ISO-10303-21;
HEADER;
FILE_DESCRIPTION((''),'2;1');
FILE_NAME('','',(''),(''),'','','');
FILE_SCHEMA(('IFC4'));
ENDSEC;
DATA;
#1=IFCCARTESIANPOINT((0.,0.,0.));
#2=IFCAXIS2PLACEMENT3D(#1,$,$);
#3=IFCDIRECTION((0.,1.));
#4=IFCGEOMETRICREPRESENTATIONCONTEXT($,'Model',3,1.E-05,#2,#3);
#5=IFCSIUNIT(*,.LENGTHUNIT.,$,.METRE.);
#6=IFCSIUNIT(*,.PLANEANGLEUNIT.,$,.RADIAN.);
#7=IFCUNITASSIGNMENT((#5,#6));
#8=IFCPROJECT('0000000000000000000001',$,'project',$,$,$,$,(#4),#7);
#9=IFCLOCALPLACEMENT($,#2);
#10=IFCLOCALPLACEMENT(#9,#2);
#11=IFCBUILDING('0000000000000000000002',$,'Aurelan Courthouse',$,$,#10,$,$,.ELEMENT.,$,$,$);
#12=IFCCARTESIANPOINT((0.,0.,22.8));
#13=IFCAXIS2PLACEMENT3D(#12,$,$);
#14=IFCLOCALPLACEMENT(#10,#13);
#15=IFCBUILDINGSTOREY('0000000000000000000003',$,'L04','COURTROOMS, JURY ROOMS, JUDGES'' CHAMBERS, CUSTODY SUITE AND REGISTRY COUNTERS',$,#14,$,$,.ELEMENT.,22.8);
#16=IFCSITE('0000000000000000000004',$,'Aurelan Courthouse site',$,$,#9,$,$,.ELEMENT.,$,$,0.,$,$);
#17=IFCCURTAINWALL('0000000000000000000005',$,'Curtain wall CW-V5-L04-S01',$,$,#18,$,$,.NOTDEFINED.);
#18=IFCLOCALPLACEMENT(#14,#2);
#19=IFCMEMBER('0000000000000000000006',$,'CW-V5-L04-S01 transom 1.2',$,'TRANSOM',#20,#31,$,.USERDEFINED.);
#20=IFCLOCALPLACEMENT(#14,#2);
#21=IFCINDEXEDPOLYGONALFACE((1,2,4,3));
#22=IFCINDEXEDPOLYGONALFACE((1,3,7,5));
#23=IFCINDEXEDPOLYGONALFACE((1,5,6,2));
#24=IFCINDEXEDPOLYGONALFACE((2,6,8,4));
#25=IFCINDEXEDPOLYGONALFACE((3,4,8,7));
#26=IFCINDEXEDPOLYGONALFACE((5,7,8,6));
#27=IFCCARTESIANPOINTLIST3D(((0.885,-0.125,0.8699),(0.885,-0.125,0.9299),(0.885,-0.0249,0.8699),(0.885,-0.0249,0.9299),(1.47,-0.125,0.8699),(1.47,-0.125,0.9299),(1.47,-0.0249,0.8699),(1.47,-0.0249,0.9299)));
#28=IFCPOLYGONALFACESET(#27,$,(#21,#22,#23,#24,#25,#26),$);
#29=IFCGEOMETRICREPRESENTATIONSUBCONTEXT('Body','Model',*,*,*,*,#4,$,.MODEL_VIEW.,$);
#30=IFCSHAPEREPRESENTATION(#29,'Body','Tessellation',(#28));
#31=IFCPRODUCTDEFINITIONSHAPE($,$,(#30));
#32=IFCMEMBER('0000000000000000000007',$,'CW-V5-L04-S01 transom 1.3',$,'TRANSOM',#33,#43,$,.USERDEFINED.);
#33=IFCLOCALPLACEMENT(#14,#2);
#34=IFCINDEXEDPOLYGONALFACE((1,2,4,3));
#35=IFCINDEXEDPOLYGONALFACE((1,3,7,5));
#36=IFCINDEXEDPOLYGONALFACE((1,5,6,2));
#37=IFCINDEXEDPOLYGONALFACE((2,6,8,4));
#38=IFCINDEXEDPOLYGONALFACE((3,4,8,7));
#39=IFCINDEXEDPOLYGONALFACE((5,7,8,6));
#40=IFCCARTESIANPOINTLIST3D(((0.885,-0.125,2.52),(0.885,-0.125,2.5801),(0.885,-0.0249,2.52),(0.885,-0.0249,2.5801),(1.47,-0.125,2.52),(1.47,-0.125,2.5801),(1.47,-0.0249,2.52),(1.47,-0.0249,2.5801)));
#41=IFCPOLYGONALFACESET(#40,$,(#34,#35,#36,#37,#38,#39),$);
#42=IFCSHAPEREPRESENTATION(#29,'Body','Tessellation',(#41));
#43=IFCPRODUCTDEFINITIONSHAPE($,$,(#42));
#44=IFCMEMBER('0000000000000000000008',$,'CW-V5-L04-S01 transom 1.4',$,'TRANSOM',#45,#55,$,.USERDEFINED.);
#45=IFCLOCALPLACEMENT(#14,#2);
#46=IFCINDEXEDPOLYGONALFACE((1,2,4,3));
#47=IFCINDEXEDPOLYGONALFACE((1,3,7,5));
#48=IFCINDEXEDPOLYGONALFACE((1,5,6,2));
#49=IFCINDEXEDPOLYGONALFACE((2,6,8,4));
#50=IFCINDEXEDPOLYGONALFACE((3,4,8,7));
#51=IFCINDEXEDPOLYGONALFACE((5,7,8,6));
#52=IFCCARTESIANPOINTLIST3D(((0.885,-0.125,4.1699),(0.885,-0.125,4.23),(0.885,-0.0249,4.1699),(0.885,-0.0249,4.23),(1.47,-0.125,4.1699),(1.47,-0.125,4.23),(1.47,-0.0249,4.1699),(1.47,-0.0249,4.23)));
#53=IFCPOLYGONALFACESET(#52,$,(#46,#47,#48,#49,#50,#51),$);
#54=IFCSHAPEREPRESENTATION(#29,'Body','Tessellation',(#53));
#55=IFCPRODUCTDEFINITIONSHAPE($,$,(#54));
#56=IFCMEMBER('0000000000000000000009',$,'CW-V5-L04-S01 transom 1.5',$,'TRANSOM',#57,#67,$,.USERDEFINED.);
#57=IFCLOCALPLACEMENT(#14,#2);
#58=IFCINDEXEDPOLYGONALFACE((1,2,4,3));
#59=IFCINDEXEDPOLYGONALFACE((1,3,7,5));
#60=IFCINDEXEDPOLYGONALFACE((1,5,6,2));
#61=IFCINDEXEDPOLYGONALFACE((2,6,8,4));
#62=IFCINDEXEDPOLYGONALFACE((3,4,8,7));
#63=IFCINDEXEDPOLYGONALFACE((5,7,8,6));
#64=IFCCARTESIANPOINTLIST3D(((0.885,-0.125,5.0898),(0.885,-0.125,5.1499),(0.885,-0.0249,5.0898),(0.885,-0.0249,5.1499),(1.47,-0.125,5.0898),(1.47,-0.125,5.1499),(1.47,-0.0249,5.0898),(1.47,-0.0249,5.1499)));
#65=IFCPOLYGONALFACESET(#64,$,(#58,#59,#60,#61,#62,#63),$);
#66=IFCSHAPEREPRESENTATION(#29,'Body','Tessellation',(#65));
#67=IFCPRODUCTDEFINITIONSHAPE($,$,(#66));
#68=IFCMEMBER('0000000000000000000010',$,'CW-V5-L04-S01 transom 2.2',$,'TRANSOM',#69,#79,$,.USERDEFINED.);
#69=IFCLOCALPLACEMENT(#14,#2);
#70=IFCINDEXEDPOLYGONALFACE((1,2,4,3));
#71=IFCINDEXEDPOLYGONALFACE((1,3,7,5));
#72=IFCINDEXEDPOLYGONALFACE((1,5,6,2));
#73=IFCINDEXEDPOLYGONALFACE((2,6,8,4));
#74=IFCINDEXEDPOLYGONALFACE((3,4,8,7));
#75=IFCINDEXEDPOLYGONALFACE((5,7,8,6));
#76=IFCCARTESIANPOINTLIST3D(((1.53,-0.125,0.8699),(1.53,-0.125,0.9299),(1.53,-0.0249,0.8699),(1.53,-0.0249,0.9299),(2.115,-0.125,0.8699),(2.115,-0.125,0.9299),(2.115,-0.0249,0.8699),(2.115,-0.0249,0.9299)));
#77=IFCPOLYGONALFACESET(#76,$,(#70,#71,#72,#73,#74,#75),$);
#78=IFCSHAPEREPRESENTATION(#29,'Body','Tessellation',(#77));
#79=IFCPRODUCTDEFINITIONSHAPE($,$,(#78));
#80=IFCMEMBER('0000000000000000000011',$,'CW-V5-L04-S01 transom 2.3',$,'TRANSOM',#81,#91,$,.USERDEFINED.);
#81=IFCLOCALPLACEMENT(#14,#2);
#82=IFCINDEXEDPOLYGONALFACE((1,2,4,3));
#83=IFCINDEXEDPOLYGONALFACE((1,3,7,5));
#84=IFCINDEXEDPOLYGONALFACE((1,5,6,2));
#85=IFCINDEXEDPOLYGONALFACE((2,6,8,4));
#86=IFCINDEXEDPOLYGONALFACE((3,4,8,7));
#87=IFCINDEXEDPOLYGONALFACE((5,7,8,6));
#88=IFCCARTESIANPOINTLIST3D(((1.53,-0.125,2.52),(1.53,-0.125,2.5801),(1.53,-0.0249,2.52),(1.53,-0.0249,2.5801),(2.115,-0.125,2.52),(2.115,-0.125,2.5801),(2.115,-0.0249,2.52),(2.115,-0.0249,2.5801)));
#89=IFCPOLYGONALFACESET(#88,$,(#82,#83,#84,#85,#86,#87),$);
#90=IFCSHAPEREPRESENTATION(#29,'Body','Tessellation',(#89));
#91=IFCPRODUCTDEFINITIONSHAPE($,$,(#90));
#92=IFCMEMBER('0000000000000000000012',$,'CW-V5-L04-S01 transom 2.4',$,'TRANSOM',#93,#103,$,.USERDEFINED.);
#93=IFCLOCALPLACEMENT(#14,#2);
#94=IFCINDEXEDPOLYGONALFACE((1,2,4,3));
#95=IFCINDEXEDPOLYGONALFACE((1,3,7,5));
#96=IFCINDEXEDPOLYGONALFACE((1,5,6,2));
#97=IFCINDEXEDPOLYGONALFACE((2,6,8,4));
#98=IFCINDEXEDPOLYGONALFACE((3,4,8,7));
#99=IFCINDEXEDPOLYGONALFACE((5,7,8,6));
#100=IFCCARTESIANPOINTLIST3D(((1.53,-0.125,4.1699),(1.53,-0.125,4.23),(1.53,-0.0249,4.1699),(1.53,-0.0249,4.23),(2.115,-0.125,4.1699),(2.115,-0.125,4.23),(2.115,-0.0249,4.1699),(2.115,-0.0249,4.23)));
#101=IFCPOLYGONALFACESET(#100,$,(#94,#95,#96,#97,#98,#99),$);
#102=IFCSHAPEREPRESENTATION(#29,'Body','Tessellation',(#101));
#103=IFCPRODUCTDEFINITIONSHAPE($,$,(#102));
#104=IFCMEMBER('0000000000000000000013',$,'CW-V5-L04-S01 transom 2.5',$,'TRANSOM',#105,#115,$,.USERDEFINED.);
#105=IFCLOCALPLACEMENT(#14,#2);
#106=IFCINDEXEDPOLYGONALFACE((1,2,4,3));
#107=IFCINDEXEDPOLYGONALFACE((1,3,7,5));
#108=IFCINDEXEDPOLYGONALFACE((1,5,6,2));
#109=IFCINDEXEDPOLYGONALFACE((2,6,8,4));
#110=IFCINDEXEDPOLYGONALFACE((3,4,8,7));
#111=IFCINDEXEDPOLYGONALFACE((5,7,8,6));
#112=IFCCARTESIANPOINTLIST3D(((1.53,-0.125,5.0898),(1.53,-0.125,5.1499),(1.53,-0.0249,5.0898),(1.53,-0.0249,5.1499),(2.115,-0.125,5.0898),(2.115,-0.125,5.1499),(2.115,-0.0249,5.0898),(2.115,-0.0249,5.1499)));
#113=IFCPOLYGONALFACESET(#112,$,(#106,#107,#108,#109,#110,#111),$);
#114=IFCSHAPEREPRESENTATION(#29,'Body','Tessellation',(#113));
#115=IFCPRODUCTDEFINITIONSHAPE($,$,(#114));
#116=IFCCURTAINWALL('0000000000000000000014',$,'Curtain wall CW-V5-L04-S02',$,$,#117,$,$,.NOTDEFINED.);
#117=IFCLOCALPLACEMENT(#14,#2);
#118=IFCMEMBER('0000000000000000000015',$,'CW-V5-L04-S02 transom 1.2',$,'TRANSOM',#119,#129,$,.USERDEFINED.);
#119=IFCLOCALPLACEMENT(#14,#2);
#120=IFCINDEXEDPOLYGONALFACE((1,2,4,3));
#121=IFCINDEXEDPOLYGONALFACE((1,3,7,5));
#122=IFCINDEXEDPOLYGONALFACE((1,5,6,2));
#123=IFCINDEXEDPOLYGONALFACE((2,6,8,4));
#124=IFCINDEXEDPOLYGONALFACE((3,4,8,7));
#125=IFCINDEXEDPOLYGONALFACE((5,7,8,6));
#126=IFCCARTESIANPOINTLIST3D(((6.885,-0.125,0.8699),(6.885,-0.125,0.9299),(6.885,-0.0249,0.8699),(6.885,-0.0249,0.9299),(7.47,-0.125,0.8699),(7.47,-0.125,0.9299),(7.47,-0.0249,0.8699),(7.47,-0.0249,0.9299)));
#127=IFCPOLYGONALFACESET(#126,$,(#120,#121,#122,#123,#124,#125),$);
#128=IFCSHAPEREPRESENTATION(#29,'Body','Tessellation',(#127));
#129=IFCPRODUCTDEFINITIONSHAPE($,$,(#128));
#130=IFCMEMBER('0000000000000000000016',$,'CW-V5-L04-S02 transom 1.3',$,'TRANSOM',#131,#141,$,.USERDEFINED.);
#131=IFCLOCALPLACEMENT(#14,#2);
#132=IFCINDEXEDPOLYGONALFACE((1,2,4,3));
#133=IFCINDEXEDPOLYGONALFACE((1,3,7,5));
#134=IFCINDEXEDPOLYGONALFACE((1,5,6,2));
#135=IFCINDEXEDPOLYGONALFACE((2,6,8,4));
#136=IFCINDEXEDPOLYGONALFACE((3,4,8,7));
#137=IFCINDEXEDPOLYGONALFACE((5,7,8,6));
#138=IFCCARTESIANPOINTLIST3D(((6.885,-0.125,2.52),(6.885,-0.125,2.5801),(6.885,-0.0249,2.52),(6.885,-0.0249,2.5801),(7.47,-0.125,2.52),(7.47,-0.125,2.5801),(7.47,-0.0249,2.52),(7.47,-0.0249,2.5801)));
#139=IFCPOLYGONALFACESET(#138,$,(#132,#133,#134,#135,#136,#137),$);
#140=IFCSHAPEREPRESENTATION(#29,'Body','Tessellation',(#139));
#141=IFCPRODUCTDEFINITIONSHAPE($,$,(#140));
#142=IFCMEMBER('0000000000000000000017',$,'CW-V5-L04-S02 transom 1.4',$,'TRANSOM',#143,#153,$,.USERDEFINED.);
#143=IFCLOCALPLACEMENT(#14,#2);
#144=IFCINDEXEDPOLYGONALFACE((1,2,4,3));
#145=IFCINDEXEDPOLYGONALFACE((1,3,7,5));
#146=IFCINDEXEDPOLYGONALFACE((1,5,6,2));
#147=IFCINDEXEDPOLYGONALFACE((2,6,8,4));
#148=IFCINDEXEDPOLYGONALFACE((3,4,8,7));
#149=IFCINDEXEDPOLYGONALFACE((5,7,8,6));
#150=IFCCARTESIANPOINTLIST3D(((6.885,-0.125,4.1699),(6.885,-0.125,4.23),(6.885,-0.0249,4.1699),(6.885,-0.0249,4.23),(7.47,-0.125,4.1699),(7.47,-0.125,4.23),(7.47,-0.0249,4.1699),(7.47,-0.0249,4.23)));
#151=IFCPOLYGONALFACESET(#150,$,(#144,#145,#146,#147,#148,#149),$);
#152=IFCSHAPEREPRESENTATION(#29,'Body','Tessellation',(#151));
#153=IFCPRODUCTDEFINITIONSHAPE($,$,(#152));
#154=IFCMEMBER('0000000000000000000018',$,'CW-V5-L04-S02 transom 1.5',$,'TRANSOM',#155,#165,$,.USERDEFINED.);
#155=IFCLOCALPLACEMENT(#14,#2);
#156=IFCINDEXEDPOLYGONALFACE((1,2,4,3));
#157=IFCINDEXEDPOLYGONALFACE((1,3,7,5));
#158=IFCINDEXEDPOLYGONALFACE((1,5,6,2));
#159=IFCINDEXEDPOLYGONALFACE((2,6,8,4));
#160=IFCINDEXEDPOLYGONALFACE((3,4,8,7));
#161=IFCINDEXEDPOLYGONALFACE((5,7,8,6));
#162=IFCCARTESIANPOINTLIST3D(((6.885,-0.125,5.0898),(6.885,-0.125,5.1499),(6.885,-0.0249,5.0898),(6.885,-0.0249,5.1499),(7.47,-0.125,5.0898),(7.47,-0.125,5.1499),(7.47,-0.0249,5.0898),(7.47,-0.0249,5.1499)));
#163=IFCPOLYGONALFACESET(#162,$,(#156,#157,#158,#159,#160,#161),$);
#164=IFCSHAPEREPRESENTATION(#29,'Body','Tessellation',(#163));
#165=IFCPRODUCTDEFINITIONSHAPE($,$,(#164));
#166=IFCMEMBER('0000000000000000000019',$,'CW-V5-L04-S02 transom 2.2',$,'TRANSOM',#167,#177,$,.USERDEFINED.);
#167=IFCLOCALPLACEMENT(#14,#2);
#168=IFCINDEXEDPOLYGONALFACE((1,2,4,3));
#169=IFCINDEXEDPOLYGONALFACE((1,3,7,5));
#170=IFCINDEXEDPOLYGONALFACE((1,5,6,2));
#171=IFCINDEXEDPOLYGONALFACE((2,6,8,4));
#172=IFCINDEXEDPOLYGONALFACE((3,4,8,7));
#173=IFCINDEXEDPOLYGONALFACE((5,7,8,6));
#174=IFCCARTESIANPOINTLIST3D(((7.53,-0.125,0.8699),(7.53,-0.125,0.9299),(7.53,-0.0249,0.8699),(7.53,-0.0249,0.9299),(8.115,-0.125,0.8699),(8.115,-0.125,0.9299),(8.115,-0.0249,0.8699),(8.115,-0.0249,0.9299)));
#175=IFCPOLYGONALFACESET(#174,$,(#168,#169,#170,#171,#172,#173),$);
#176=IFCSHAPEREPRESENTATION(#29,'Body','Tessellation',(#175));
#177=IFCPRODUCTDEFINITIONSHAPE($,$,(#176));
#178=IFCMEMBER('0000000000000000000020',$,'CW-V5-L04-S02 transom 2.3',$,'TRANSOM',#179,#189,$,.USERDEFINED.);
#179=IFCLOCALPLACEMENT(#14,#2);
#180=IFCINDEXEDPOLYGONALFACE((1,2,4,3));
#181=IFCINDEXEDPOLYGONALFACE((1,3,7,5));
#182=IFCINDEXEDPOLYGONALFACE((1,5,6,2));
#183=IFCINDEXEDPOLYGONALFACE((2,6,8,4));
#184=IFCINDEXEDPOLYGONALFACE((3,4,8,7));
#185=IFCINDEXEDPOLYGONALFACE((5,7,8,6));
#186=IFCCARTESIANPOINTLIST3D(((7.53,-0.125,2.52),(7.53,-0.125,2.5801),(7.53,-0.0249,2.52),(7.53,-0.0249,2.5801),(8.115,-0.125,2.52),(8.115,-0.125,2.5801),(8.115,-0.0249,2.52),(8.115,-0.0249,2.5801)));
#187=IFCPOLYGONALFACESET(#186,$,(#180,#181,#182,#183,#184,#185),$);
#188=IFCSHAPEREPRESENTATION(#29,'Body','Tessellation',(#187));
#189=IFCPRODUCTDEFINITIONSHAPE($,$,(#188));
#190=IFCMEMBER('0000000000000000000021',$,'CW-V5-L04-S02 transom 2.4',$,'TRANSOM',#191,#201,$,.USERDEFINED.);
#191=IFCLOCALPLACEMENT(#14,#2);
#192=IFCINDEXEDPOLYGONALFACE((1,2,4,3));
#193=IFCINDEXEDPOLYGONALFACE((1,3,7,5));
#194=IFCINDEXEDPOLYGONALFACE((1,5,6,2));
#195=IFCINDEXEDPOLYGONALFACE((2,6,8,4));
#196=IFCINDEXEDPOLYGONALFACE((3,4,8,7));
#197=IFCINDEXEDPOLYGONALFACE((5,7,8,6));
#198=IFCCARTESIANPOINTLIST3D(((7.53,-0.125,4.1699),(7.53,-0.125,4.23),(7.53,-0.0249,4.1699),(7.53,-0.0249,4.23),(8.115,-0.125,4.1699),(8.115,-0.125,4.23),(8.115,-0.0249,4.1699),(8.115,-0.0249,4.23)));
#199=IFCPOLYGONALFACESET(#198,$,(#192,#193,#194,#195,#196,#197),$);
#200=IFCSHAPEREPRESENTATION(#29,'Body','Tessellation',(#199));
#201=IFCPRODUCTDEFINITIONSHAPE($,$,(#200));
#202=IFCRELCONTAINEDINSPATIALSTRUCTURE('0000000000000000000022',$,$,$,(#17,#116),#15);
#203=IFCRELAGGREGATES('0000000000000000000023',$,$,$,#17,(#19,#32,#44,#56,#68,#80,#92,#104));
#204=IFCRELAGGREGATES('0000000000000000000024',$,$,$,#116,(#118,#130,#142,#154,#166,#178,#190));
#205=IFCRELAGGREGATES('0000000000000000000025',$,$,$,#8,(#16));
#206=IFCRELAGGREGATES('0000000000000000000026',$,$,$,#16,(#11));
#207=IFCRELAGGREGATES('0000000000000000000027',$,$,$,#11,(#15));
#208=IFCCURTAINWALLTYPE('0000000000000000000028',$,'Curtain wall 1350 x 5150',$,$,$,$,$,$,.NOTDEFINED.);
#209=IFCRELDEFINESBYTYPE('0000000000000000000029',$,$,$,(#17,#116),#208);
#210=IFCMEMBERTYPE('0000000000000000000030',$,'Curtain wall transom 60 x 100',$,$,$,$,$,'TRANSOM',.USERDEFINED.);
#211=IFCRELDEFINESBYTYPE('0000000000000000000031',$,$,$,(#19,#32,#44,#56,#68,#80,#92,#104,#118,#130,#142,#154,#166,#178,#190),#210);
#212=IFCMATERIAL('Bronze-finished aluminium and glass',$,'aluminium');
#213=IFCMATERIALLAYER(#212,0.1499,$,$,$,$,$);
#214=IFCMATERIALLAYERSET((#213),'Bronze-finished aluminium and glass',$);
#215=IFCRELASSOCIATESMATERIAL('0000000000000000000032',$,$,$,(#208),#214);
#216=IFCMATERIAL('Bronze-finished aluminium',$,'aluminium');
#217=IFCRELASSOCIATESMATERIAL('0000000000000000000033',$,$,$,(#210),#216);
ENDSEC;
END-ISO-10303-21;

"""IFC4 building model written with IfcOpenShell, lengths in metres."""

from ifc_helpers import new_model, si_unit, direction, frame, origin, origin_2d, place, context, subcontext, project, spatial, rectangle, extrude, material, layer, layer_set, material_profile, profile_set, type_object, element, aggregate, save


model = new_model("IFC4")

# Units and contexts
model_context = context("Model", 3, precision=1e-05, world=origin(), true_north=direction((0.0, 1.0)))
body_context = subcontext(model_context, "Body", "Model", "MODEL_VIEW")
ifc_project = project(units=[si_unit("LENGTHUNIT", "METRE"), si_unit("PLANEANGLEUNIT", "RADIAN")], contexts=[model_context])

# Site, building, storey
site_placement = place(None, origin())
site = spatial("IfcSite", under=ifc_project, at=site_placement, Name="Aurelan Courthouse site", CompositionType="ELEMENT", RefElevation=0.0)
building_placement = place(site_placement, origin())
building = spatial("IfcBuilding", under=site, at=building_placement, Name="Aurelan Courthouse", CompositionType="ELEMENT")
storey_placement = place(building_placement, frame((0.0, 0.0, 22.8)))
storey = spatial("IfcBuildingStorey", under=building, at=storey_placement, Name="L04", Description="COURTROOMS, JURY ROOMS, JUDGES' CHAMBERS, CUSTODY SUITE AND REGISTRY COUNTERS", CompositionType="ELEMENT", Elevation=22.8)

# Curtain walls, members
ifc_material_1 = material(Name="Bronze-finished aluminium and glass", Category="aluminium")
ifc_layer_1 = layer(ifc_material_1, 0.1499)
ifc_layer_set_1 = layer_set([ifc_layer_1], Name="Bronze-finished aluminium and glass")
curtain_wall_type = type_object("IfcCurtainWallType", Name="Curtain wall 1350 x 5150", PredefinedType="NOTDEFINED", material=ifc_layer_set_1)
curtain_wall_1_placement = place(storey_placement, origin())
curtain_wall_1 = element("IfcCurtainWall", 1, at=curtain_wall_1_placement, inside=storey, type_object=curtain_wall_type, Name="Curtain wall CW-V5-L04-S01", PredefinedType="NOTDEFINED")
ifc_material_2 = material(Name="Bronze-finished aluminium", Category="aluminium")
ifc_material_profile = material_profile(ifc_material_2, rectangle(XDim=0.1001, YDim=0.0601, at=origin_2d()), Name="Bronze transom 60 x 100")
ifc_profile_set = profile_set([ifc_material_profile], Name="Bronze-finished aluminium")
member_type = type_object("IfcMemberType", Name="Curtain wall transom 60 x 100", ElementType="TRANSOM", PredefinedType="USERDEFINED", material=ifc_profile_set)
member_1_placement = place(storey_placement, frame((0.885, -0.075, 0.8999), z_axis=(1.0, 0.0, 0.0), x_axis=(0.0, 1.0, 0.0)))
member_1 = element("IfcMember", 2, at=member_1_placement, type_object=member_type, Name="CW-V5-L04-S01 transom 1.2", ObjectType="TRANSOM", PredefinedType="USERDEFINED", context=body_context, shape_type="SweptSolid", body=[
    extrude(rectangle(XDim=0.1001, YDim=0.0601, at=origin_2d()), origin(), (0.0, 0.0, 1.0), 0.585),
])
member_2_placement = place(storey_placement, frame((0.885, -0.075, 2.55), z_axis=(1.0, 0.0, 0.0), x_axis=(0.0, 1.0, 0.0)))
member_2 = element("IfcMember", 3, at=member_2_placement, type_object=member_type, Name="CW-V5-L04-S01 transom 1.3", ObjectType="TRANSOM", PredefinedType="USERDEFINED", context=body_context, shape_type="SweptSolid", body=[
    extrude(rectangle(XDim=0.1001, YDim=0.0601, at=origin_2d()), origin(), (0.0, 0.0, 1.0), 0.585),
])
member_3_placement = place(storey_placement, frame((0.885, -0.075, 4.2), z_axis=(1.0, 0.0, 0.0), x_axis=(0.0, 1.0, 0.0)))
member_3 = element("IfcMember", 4, at=member_3_placement, type_object=member_type, Name="CW-V5-L04-S01 transom 1.4", ObjectType="TRANSOM", PredefinedType="USERDEFINED", context=body_context, shape_type="SweptSolid", body=[
    extrude(rectangle(XDim=0.1001, YDim=0.0601, at=origin_2d()), origin(), (0.0, 0.0, 1.0), 0.585),
])
member_4_placement = place(storey_placement, frame((0.885, -0.075, 5.1199), z_axis=(1.0, 0.0, 0.0), x_axis=(0.0, 1.0, 0.0)))
member_4 = element("IfcMember", 5, at=member_4_placement, type_object=member_type, Name="CW-V5-L04-S01 transom 1.5", ObjectType="TRANSOM", PredefinedType="USERDEFINED", context=body_context, shape_type="SweptSolid", body=[
    extrude(rectangle(XDim=0.1001, YDim=0.0601, at=origin_2d()), origin(), (0.0, 0.0, 1.0), 0.585),
])
member_5_placement = place(storey_placement, frame((1.53, -0.075, 0.8999), z_axis=(1.0, 0.0, 0.0), x_axis=(0.0, 1.0, 0.0)))
member_5 = element("IfcMember", 6, at=member_5_placement, type_object=member_type, Name="CW-V5-L04-S01 transom 2.2", ObjectType="TRANSOM", PredefinedType="USERDEFINED", context=body_context, shape_type="SweptSolid", body=[
    extrude(rectangle(XDim=0.1001, YDim=0.0601, at=origin_2d()), origin(), (0.0, 0.0, 1.0), 0.585),
])
member_6_placement = place(storey_placement, frame((1.53, -0.075, 2.55), z_axis=(1.0, 0.0, 0.0), x_axis=(0.0, 1.0, 0.0)))
member_6 = element("IfcMember", 7, at=member_6_placement, type_object=member_type, Name="CW-V5-L04-S01 transom 2.3", ObjectType="TRANSOM", PredefinedType="USERDEFINED", context=body_context, shape_type="SweptSolid", body=[
    extrude(rectangle(XDim=0.1001, YDim=0.0601, at=origin_2d()), origin(), (0.0, 0.0, 1.0), 0.585),
])
member_7_placement = place(storey_placement, frame((1.53, -0.075, 4.2), z_axis=(1.0, 0.0, 0.0), x_axis=(0.0, 1.0, 0.0)))
member_7 = element("IfcMember", 8, at=member_7_placement, type_object=member_type, Name="CW-V5-L04-S01 transom 2.4", ObjectType="TRANSOM", PredefinedType="USERDEFINED", context=body_context, shape_type="SweptSolid", body=[
    extrude(rectangle(XDim=0.1001, YDim=0.0601, at=origin_2d()), origin(), (0.0, 0.0, 1.0), 0.585),
])
member_8_placement = place(storey_placement, frame((1.53, -0.075, 5.1199), z_axis=(1.0, 0.0, 0.0), x_axis=(0.0, 1.0, 0.0)))
member_8 = element("IfcMember", 9, at=member_8_placement, type_object=member_type, Name="CW-V5-L04-S01 transom 2.5", ObjectType="TRANSOM", PredefinedType="USERDEFINED", context=body_context, shape_type="SweptSolid", body=[
    extrude(rectangle(XDim=0.1001, YDim=0.0601, at=origin_2d()), origin(), (0.0, 0.0, 1.0), 0.585),
])
curtain_wall_2_placement = place(storey_placement, origin())
curtain_wall_2 = element("IfcCurtainWall", 10, at=curtain_wall_2_placement, inside=storey, type_object=curtain_wall_type, Name="Curtain wall CW-V5-L04-S02", PredefinedType="NOTDEFINED")
member_9_placement = place(storey_placement, frame((6.885, -0.075, 0.8999), z_axis=(1.0, 0.0, 0.0), x_axis=(0.0, 1.0, 0.0)))
member_9 = element("IfcMember", 11, at=member_9_placement, type_object=member_type, Name="CW-V5-L04-S02 transom 1.2", ObjectType="TRANSOM", PredefinedType="USERDEFINED", context=body_context, shape_type="SweptSolid", body=[
    extrude(rectangle(XDim=0.1001, YDim=0.0601, at=origin_2d()), origin(), (0.0, 0.0, 1.0), 0.585),
])
member_10_placement = place(storey_placement, frame((6.885, -0.075, 2.55), z_axis=(1.0, 0.0, 0.0), x_axis=(0.0, 1.0, 0.0)))
member_10 = element("IfcMember", 12, at=member_10_placement, type_object=member_type, Name="CW-V5-L04-S02 transom 1.3", ObjectType="TRANSOM", PredefinedType="USERDEFINED", context=body_context, shape_type="SweptSolid", body=[
    extrude(rectangle(XDim=0.1001, YDim=0.0601, at=origin_2d()), origin(), (0.0, 0.0, 1.0), 0.585),
])
member_11_placement = place(storey_placement, frame((6.885, -0.075, 4.2), z_axis=(1.0, 0.0, 0.0), x_axis=(0.0, 1.0, 0.0)))
member_11 = element("IfcMember", 13, at=member_11_placement, type_object=member_type, Name="CW-V5-L04-S02 transom 1.4", ObjectType="TRANSOM", PredefinedType="USERDEFINED", context=body_context, shape_type="SweptSolid", body=[
    extrude(rectangle(XDim=0.1001, YDim=0.0601, at=origin_2d()), origin(), (0.0, 0.0, 1.0), 0.585),
])
member_12_placement = place(storey_placement, frame((6.885, -0.075, 5.1199), z_axis=(1.0, 0.0, 0.0), x_axis=(0.0, 1.0, 0.0)))
member_12 = element("IfcMember", 14, at=member_12_placement, type_object=member_type, Name="CW-V5-L04-S02 transom 1.5", ObjectType="TRANSOM", PredefinedType="USERDEFINED", context=body_context, shape_type="SweptSolid", body=[
    extrude(rectangle(XDim=0.1001, YDim=0.0601, at=origin_2d()), origin(), (0.0, 0.0, 1.0), 0.585),
])
member_13_placement = place(storey_placement, frame((7.53, -0.075, 0.8999), z_axis=(1.0, 0.0, 0.0), x_axis=(0.0, 1.0, 0.0)))
member_13 = element("IfcMember", 15, at=member_13_placement, type_object=member_type, Name="CW-V5-L04-S02 transom 2.2", ObjectType="TRANSOM", PredefinedType="USERDEFINED", context=body_context, shape_type="SweptSolid", body=[
    extrude(rectangle(XDim=0.1001, YDim=0.0601, at=origin_2d()), origin(), (0.0, 0.0, 1.0), 0.585),
])
member_14_placement = place(storey_placement, frame((7.53, -0.075, 2.55), z_axis=(1.0, 0.0, 0.0), x_axis=(0.0, 1.0, 0.0)))
member_14 = element("IfcMember", 16, at=member_14_placement, type_object=member_type, Name="CW-V5-L04-S02 transom 2.3", ObjectType="TRANSOM", PredefinedType="USERDEFINED", context=body_context, shape_type="SweptSolid", body=[
    extrude(rectangle(XDim=0.1001, YDim=0.0601, at=origin_2d()), origin(), (0.0, 0.0, 1.0), 0.585),
])
member_15_placement = place(storey_placement, frame((7.53, -0.075, 4.2), z_axis=(1.0, 0.0, 0.0), x_axis=(0.0, 1.0, 0.0)))
member_15 = element("IfcMember", 17, at=member_15_placement, type_object=member_type, Name="CW-V5-L04-S02 transom 2.4", ObjectType="TRANSOM", PredefinedType="USERDEFINED", context=body_context, shape_type="SweptSolid", body=[
    extrude(rectangle(XDim=0.1001, YDim=0.0601, at=origin_2d()), origin(), (0.0, 0.0, 1.0), 0.585),
])

aggregate(curtain_wall_1, [member_1, member_2, member_3, member_4, member_5, member_6, member_7, member_8])
aggregate(curtain_wall_2, [member_9, member_10, member_11, member_12, member_13, member_14, member_15])

save(model, "model.ifc")
